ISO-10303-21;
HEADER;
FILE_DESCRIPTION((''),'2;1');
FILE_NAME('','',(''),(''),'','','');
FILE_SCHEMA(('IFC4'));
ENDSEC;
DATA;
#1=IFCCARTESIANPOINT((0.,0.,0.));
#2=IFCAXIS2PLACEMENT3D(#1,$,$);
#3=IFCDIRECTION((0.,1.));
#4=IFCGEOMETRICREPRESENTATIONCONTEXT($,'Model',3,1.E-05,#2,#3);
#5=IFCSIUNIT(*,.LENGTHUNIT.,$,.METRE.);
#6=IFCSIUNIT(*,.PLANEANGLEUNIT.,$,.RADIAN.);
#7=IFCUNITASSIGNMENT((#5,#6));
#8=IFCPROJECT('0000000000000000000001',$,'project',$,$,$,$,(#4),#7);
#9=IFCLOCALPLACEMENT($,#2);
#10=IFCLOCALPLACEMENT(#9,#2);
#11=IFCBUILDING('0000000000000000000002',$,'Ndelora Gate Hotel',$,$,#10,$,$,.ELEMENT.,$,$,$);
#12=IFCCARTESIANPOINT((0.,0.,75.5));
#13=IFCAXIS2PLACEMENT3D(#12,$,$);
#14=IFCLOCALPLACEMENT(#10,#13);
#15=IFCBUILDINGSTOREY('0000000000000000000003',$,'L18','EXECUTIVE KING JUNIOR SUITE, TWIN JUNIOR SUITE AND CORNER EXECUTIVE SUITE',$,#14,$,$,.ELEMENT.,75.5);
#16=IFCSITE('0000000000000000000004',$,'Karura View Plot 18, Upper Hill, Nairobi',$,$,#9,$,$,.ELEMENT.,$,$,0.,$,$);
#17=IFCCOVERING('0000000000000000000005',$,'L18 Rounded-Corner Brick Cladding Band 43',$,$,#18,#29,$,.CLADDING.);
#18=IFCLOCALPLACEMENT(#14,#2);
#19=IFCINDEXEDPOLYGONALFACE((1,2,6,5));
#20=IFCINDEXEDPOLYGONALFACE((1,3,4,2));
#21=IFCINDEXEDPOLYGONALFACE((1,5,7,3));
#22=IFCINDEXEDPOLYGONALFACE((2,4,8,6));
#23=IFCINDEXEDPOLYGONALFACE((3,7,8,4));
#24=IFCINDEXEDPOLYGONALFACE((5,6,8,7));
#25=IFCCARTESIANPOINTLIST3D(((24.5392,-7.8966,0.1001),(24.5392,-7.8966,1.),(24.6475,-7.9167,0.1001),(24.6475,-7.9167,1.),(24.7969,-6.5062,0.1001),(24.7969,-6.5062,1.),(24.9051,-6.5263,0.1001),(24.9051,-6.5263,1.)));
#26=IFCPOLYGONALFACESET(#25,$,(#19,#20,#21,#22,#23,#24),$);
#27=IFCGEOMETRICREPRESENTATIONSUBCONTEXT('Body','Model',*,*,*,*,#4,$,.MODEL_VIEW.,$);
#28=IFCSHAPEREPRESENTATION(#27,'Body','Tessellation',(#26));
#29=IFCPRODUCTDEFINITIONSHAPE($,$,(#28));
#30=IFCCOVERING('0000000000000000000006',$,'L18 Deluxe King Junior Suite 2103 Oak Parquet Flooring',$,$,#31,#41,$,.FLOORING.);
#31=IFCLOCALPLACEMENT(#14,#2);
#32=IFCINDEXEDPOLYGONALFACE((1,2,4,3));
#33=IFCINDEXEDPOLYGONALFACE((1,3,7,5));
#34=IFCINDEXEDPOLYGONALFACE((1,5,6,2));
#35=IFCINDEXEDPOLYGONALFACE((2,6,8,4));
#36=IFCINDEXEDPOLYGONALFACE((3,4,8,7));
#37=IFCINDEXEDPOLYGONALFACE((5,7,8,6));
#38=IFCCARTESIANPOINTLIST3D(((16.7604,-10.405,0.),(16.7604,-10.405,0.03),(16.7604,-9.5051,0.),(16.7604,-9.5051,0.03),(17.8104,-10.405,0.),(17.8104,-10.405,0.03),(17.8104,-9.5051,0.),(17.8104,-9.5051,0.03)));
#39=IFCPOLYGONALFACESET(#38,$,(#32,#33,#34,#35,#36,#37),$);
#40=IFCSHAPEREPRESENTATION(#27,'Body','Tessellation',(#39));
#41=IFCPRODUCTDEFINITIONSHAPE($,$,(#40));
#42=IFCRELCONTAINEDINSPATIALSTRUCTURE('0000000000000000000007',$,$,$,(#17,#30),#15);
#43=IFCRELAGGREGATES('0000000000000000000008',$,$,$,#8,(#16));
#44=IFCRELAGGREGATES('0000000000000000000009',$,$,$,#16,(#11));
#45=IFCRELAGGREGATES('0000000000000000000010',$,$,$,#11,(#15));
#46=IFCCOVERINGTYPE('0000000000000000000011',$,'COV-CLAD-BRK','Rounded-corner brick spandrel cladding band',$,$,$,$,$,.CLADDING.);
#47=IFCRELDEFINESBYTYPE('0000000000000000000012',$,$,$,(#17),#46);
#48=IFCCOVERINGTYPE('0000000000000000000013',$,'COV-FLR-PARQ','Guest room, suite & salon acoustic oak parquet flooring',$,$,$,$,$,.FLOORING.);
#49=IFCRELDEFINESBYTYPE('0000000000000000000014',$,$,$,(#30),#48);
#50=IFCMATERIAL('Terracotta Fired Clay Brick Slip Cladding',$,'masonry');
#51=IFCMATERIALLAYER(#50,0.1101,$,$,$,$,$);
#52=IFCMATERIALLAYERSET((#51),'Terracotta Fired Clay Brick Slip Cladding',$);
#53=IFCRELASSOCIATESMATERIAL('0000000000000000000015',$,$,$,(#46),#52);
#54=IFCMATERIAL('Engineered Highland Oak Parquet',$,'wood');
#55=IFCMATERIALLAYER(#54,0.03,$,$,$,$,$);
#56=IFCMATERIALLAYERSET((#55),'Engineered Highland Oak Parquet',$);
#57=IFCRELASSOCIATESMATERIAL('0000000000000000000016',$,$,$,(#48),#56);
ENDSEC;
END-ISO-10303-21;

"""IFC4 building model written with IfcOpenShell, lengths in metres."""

from ifc_helpers import new_model, si_unit, direction, frame, origin, origin_2d, place, context, subcontext, project, spatial, rectangle, extrude, material, layer, layer_set, type_object, element, save


model = new_model("IFC4")

# Units and contexts
model_context = context("Model", 3, precision=1e-05, world=origin(), true_north=direction((0.0, 1.0)))
body_context = subcontext(model_context, "Body", "Model", "MODEL_VIEW")
ifc_project = project(units=[si_unit("LENGTHUNIT", "METRE"), si_unit("PLANEANGLEUNIT", "RADIAN")], contexts=[model_context])

# Site, building, storey
site_placement = place(None, origin())
site = spatial("IfcSite", under=ifc_project, at=site_placement, Name="Karura View Plot 18, Upper Hill, Nairobi", CompositionType="ELEMENT", RefElevation=0.0)
building_placement = place(site_placement, origin())
building = spatial("IfcBuilding", under=site, at=building_placement, Name="Ndelora Gate Hotel", CompositionType="ELEMENT")
storey_placement = place(building_placement, frame((0.0, 0.0, 75.5)))
storey = spatial("IfcBuildingStorey", under=building, at=storey_placement, Name="L18", Description="EXECUTIVE KING JUNIOR SUITE, TWIN JUNIOR SUITE AND CORNER EXECUTIVE SUITE", CompositionType="ELEMENT", Elevation=75.5)

# Coverings
ifc_material_1 = material(Name="Terracotta Fired Clay Brick Slip Cladding", Category="masonry")
ifc_layer_1 = layer(ifc_material_1, 0.1101)
ifc_layer_set_1 = layer_set([ifc_layer_1], Name="Terracotta Fired Clay Brick Slip Cladding")
covering_type_1 = type_object("IfcCoveringType", Name="COV-CLAD-BRK", Description="Rounded-corner brick spandrel cladding band", PredefinedType="CLADDING", material=ifc_layer_set_1)
for number, where, z_axis, x_axis, name in (
    (1, (24.7222, -7.2114, 0.1001), (0.0, 0.0, 1.0), (0.182236, 0.983255, 0.0), "L18 Rounded-Corner Brick Cladding Band 43"),
):
    element("IfcCovering", number, at=place(storey_placement, frame(where, z_axis=z_axis, x_axis=x_axis)), inside=storey, type_object=covering_type_1, Name=name, PredefinedType="CLADDING", context=body_context, shape_type="SweptSolid", body=[
        extrude(rectangle(XDim=1.4141, YDim=0.1101, at=origin_2d()), origin(), (0.0, 0.0, 1.0), 0.8999),
    ])
ifc_material_2 = material(Name="Engineered Highland Oak Parquet", Category="wood")
ifc_layer_2 = layer(ifc_material_2, 0.03)
ifc_layer_set_2 = layer_set([ifc_layer_2], Name="Engineered Highland Oak Parquet")
covering_type_2 = type_object("IfcCoveringType", Name="COV-FLR-PARQ", Description="Guest room, suite & salon acoustic oak parquet flooring", PredefinedType="FLOORING", material=ifc_layer_set_2)
covering_1_placement = place(storey_placement, frame((17.2854, -9.9551, 0.0), z_axis=(0.0, 0.0, 1.0), x_axis=(1.0, 0.0, 0.0)))
element("IfcCovering", 2, at=covering_1_placement, inside=storey, type_object=covering_type_2, Name="L18 Deluxe King Junior Suite 2103 Oak Parquet Flooring", PredefinedType="FLOORING", context=body_context, shape_type="SweptSolid", body=[
    extrude(rectangle(XDim=1.05, YDim=0.8999, at=origin_2d()), origin(), (0.0, 0.0, 1.0), 0.03),
])

save(model, "model.ifc")
